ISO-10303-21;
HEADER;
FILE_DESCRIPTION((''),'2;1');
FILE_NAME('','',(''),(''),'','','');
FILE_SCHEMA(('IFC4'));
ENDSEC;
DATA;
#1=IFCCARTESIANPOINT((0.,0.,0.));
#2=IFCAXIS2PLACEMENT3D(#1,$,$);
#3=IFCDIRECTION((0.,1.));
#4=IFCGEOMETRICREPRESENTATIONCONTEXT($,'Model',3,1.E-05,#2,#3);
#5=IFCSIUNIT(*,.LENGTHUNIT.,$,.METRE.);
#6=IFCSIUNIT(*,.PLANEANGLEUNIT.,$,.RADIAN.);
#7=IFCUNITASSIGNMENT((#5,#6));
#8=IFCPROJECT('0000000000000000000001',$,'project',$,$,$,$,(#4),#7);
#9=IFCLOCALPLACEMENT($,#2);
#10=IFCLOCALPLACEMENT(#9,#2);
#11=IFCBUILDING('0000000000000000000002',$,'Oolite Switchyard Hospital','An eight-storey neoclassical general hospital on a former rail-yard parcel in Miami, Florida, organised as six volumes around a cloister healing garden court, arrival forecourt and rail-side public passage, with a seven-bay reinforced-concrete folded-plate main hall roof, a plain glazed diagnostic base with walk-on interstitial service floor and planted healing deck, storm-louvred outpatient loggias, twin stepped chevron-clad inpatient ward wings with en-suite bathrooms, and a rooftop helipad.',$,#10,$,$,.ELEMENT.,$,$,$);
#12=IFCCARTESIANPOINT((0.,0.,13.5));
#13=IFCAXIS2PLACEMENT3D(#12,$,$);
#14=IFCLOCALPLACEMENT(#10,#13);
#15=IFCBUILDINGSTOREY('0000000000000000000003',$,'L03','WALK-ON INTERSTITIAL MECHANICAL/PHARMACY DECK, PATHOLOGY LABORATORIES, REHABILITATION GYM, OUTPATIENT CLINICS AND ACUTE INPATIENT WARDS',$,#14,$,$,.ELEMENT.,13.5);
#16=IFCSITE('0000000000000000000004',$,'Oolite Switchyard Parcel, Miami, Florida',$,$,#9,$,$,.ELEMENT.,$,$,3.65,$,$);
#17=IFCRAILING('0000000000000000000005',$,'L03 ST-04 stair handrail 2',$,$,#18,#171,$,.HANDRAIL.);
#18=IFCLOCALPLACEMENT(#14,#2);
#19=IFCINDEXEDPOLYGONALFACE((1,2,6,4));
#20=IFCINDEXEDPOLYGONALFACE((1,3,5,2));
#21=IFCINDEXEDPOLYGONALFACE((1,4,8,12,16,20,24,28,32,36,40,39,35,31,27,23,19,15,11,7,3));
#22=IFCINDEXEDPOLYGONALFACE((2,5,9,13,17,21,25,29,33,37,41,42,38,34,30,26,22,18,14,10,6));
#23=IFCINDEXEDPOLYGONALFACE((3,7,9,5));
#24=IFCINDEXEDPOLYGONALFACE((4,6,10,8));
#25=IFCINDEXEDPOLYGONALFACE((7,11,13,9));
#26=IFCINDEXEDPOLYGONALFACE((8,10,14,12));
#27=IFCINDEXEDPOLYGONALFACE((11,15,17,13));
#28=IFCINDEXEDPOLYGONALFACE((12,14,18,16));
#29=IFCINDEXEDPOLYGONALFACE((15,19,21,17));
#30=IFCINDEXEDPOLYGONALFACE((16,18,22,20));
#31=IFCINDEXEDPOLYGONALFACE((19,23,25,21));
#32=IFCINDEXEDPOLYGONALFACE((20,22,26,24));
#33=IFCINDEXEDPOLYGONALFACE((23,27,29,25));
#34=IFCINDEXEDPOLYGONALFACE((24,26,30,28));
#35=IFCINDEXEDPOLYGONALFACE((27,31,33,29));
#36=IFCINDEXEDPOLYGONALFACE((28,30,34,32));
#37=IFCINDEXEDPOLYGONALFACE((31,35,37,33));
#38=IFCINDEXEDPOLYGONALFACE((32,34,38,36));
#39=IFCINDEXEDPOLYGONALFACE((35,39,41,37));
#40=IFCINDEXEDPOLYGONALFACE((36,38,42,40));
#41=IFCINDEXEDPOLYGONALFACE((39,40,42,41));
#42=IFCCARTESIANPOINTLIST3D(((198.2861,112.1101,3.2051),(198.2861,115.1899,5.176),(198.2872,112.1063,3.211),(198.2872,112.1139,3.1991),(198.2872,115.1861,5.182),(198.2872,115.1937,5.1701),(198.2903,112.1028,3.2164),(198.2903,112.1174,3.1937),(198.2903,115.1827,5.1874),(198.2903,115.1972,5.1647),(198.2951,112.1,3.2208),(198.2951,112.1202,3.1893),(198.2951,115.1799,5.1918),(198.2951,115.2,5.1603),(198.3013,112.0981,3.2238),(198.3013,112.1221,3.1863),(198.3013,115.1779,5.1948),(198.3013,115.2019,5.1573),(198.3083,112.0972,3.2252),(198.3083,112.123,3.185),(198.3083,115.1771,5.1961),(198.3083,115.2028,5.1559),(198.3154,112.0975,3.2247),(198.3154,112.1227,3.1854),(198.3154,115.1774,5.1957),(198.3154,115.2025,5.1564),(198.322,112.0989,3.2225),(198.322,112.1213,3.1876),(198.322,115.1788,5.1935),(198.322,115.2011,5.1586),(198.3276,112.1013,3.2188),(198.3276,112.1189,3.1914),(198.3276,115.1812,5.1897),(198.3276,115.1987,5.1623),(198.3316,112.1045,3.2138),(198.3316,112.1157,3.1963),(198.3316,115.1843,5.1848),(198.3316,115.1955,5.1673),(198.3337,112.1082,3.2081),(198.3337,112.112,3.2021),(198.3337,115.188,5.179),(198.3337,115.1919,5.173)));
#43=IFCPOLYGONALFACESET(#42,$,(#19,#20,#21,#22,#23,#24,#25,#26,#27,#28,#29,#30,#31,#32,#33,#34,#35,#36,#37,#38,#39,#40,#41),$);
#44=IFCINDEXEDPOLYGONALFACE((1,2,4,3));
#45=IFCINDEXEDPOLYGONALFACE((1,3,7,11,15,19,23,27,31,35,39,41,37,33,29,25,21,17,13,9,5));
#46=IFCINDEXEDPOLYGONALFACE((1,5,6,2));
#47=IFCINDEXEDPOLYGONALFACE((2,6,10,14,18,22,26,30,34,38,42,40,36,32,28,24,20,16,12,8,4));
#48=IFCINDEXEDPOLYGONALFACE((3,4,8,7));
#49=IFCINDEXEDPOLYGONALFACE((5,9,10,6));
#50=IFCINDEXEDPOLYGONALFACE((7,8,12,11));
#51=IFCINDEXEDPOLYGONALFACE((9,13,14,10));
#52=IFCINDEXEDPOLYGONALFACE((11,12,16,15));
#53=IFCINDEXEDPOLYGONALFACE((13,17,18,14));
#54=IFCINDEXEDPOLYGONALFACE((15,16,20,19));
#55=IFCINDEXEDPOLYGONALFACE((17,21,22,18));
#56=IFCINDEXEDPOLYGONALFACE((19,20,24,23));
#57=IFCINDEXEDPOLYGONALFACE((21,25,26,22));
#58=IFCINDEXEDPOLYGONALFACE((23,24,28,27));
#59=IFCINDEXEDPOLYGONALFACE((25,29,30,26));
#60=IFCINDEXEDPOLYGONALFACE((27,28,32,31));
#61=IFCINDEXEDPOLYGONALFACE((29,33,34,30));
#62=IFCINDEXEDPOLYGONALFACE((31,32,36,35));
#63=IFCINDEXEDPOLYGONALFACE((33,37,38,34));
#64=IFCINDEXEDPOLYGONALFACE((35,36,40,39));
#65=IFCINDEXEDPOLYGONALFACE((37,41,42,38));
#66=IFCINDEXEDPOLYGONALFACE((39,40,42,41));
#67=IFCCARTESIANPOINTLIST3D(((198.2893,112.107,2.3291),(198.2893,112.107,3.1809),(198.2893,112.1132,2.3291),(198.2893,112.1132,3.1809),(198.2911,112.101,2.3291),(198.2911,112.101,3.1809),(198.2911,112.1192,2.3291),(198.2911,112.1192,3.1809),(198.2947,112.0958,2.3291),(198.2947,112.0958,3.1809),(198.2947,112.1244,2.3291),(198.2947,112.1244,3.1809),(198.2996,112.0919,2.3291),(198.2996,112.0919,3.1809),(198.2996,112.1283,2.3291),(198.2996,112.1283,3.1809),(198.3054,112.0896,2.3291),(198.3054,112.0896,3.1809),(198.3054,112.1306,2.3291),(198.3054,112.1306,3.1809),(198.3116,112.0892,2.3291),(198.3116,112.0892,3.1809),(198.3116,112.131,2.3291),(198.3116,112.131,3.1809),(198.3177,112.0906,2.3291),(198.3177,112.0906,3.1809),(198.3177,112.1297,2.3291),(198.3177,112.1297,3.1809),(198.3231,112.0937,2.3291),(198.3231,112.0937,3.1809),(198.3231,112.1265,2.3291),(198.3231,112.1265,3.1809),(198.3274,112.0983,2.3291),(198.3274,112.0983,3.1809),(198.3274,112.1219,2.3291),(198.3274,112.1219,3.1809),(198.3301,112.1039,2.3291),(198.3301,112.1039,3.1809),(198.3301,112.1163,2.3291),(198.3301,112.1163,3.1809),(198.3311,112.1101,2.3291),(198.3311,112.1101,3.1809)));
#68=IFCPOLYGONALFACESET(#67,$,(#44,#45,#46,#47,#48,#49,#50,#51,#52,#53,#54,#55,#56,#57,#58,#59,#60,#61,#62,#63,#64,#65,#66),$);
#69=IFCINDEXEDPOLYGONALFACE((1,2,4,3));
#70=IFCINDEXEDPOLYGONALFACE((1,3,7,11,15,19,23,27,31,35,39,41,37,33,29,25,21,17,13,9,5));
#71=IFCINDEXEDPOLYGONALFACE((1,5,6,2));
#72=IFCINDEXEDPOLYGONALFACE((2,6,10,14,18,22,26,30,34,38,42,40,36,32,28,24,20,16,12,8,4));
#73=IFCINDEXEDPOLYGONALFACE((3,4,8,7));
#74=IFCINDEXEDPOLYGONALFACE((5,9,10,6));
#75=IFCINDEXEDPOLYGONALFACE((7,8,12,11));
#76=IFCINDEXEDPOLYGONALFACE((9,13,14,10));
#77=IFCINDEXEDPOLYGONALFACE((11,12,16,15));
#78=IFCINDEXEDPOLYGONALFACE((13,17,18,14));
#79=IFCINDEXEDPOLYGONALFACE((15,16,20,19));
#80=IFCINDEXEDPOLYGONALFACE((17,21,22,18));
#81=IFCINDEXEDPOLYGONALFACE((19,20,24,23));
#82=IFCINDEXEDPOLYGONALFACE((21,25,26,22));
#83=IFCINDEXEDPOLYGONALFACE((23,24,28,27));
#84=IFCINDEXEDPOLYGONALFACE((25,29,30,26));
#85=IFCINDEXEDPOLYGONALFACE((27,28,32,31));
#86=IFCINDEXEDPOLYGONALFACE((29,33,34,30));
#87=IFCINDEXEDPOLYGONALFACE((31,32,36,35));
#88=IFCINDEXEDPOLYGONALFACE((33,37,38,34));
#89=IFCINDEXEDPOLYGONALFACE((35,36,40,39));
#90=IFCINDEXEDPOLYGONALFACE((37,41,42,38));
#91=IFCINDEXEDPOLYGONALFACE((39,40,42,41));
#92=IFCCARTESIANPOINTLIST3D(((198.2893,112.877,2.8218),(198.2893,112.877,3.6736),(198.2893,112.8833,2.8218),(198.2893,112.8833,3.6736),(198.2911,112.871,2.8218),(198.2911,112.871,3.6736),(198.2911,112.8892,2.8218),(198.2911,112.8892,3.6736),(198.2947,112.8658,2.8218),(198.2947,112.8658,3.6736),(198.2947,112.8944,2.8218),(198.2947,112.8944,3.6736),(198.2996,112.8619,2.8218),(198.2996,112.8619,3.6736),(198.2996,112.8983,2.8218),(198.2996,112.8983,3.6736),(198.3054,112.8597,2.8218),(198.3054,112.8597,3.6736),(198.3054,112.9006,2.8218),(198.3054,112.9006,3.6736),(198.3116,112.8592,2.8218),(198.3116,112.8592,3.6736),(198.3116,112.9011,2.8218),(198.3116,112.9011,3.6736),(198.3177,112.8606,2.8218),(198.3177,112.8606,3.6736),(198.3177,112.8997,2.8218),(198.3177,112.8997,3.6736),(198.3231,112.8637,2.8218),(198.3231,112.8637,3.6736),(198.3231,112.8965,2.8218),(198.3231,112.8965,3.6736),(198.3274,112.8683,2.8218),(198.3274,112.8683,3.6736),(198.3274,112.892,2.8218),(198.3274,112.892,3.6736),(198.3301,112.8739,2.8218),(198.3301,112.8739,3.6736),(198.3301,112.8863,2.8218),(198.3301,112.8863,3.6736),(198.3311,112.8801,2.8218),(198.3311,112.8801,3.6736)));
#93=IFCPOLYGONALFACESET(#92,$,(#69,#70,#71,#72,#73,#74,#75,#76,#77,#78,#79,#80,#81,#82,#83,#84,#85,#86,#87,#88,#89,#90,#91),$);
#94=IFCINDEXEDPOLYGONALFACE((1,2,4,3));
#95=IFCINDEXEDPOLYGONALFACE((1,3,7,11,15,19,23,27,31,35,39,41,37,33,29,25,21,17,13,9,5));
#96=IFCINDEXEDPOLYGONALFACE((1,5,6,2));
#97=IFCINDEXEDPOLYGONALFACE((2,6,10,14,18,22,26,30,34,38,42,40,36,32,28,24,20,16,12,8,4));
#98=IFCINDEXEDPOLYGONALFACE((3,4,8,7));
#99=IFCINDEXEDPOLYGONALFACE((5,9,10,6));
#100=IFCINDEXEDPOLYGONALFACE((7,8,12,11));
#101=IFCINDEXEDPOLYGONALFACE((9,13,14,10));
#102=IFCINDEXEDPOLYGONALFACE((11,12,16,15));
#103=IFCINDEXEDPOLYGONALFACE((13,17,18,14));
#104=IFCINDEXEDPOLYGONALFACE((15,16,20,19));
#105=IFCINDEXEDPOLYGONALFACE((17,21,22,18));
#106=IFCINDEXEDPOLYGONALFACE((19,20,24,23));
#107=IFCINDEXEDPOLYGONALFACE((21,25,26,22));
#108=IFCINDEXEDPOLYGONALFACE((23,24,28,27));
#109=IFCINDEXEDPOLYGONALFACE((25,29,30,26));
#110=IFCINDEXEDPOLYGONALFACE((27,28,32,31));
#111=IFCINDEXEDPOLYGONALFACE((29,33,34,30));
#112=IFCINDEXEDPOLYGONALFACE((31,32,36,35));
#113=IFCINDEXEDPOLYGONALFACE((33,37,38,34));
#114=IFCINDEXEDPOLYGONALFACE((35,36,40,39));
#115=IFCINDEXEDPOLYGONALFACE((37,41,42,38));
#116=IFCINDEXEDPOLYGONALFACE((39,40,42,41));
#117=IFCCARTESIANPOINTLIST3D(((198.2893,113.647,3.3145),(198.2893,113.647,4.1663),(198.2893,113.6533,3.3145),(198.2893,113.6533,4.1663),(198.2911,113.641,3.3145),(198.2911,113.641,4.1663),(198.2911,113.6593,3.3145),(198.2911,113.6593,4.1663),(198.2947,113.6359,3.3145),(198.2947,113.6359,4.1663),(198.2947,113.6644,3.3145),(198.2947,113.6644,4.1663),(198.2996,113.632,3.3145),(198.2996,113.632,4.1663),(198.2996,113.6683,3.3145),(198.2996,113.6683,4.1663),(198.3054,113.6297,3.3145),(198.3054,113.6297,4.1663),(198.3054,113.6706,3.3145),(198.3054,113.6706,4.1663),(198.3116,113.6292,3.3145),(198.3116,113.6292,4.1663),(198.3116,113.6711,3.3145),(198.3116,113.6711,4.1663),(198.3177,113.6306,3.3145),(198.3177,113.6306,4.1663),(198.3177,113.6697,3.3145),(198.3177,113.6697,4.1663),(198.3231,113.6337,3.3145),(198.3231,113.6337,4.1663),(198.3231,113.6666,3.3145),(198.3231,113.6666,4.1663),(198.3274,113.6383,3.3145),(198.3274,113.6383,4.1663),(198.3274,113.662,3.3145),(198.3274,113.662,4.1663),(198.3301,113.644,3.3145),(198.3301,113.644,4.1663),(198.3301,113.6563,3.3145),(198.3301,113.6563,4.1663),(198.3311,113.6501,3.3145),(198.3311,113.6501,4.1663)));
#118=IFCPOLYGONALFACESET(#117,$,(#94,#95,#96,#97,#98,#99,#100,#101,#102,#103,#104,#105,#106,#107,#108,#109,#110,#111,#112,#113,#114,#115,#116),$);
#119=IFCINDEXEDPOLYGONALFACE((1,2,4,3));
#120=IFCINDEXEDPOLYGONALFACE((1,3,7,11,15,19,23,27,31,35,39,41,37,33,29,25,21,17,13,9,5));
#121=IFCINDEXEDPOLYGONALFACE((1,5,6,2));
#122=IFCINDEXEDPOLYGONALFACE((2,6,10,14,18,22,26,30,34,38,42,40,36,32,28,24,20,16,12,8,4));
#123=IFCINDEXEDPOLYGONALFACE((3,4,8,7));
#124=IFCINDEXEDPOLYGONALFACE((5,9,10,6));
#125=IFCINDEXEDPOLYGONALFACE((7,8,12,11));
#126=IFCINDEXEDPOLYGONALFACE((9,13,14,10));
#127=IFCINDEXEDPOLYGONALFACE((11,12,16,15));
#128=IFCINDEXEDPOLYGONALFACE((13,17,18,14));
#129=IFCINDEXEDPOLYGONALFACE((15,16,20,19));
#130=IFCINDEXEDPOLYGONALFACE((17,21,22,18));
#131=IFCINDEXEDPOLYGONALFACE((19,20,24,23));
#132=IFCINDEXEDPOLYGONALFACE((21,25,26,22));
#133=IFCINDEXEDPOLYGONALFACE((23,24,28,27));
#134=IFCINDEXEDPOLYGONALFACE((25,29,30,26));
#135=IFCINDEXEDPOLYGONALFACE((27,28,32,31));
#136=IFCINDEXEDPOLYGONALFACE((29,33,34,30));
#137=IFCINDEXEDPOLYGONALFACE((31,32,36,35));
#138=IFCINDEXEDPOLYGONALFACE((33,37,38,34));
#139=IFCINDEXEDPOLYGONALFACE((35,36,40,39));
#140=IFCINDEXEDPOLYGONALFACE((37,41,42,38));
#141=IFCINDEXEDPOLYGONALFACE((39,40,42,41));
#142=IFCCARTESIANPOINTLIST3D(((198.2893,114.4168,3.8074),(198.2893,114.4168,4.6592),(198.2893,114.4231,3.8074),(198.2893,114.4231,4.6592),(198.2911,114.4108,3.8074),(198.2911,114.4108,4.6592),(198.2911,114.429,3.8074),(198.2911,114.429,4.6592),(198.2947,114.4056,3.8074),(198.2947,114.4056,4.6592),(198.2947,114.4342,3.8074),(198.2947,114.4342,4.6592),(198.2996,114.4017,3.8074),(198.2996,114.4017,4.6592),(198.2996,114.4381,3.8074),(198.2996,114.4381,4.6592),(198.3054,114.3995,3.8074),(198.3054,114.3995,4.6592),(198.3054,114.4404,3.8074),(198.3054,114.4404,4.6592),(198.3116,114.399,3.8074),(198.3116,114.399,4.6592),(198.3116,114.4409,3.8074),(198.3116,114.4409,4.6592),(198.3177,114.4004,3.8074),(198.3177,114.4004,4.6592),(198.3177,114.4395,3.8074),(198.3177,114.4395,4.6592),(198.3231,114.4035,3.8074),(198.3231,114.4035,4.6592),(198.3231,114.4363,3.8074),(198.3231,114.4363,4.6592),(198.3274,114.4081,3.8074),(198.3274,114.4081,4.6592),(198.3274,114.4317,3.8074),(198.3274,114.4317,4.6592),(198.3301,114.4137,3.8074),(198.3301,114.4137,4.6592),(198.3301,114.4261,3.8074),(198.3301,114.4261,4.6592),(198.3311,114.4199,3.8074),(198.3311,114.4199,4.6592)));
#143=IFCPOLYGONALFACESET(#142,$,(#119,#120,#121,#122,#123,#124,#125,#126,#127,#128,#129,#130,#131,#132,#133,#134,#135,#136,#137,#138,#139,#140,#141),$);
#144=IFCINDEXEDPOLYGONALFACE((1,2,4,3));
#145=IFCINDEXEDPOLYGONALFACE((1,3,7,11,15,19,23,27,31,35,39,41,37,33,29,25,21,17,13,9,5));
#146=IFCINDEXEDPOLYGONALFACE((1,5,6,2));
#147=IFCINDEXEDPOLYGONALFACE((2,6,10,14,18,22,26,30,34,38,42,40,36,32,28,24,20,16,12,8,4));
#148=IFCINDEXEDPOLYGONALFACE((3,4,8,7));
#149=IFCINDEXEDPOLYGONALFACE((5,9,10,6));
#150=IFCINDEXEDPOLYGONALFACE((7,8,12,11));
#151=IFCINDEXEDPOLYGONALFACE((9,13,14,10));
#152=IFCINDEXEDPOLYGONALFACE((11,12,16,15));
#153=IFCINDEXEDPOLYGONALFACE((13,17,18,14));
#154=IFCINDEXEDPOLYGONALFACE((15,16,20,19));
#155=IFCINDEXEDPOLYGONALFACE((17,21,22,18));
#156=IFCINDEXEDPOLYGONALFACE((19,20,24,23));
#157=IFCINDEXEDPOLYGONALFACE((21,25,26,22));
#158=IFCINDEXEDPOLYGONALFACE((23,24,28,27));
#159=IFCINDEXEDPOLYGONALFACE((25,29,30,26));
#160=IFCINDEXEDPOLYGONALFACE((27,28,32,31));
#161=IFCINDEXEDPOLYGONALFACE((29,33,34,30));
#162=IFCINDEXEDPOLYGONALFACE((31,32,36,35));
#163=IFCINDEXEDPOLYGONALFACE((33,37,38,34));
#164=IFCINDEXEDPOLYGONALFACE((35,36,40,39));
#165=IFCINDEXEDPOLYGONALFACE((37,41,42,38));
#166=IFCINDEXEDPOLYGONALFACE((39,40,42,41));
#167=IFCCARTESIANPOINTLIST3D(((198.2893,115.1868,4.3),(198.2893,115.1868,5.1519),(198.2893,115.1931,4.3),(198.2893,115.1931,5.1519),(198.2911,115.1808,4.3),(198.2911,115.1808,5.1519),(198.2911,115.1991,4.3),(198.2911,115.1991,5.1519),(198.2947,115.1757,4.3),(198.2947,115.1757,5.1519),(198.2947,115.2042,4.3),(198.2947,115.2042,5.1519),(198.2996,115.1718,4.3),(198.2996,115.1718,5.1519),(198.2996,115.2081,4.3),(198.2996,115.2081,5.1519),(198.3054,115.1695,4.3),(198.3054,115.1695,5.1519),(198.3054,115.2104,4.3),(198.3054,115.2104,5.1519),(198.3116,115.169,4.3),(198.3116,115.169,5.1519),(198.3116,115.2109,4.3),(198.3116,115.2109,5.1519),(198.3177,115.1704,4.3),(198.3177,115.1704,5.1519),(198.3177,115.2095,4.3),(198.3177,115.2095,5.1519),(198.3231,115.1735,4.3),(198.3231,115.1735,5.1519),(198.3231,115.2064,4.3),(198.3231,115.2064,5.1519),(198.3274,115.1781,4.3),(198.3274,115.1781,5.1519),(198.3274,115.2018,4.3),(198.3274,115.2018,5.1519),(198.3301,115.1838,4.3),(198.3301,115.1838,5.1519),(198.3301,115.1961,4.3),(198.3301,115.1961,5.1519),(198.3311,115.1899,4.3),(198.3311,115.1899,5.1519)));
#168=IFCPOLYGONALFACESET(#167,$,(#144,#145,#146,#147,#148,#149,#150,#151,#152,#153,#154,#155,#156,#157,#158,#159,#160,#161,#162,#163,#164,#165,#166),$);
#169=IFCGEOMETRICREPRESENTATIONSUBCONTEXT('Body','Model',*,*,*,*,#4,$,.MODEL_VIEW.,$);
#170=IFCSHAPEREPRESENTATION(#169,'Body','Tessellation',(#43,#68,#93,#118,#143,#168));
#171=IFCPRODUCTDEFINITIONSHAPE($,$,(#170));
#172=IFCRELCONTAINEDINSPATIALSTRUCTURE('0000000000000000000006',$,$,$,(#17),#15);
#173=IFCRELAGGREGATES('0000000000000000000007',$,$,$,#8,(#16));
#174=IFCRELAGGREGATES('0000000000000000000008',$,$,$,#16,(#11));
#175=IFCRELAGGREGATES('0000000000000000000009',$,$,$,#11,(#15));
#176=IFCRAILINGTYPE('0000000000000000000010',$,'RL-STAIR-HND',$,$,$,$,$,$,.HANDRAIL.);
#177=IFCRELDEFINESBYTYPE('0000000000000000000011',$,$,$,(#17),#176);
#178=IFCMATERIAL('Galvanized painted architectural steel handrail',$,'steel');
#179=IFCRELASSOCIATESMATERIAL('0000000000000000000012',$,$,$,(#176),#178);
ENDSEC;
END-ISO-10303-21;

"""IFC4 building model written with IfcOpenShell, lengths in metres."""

from ifc_helpers import new_model, si_unit, direction, frame, origin, origin_2d, place, context, subcontext, project, spatial, circle, extrude, material, type_object, element, save


model = new_model("IFC4")

# Units and contexts
model_context = context("Model", 3, precision=1e-05, world=origin(), true_north=direction((0.0, 1.0)))
body_context = subcontext(model_context, "Body", "Model", "MODEL_VIEW")
ifc_project = project(units=[si_unit("LENGTHUNIT", "METRE"), si_unit("PLANEANGLEUNIT", "RADIAN")], contexts=[model_context])

# Site, building, storey
site_placement = place(None, origin())
site = spatial("IfcSite", under=ifc_project, at=site_placement, Name="Oolite Switchyard Parcel, Miami, Florida", CompositionType="ELEMENT", RefElevation=3.65)
building_placement = place(site_placement, origin())
building = spatial("IfcBuilding", under=site, at=building_placement, Name="Oolite Switchyard Hospital", Description="An eight-storey neoclassical general hospital on a former rail-yard parcel in Miami, Florida, organised as six volumes around a cloister healing garden court, arrival forecourt and rail-side public passage, with a seven-bay reinforced-concrete folded-plate main hall roof, a plain glazed diagnostic base with walk-on interstitial service floor and planted healing deck, storm-louvred outpatient loggias, twin stepped chevron-clad inpatient ward wings with en-suite bathrooms, and a rooftop helipad.", CompositionType="ELEMENT")
storey_placement = place(building_placement, frame((0.0, 0.0, 13.5)))
storey = spatial("IfcBuildingStorey", under=building, at=storey_placement, Name="L03", Description="WALK-ON INTERSTITIAL MECHANICAL/PHARMACY DECK, PATHOLOGY LABORATORIES, REHABILITATION GYM, OUTPATIENT CLINICS AND ACUTE INPATIENT WARDS", CompositionType="ELEMENT", Elevation=13.5)

# Railing
ifc_material_1 = material(Name="Galvanized painted architectural steel handrail", Category="steel")
railing_type_1 = type_object("IfcRailingType", Name="RL-STAIR-HND", PredefinedType="HANDRAIL", material=ifc_material_1)
railing_1_placement = place(storey_placement, frame((198.3101, 112.1101, 2.3291)))
element("IfcRailing", 1, at=railing_1_placement, inside=storey, type_object=railing_type_1, Name="L03 ST-04 stair handrail 2", PredefinedType="HANDRAIL", context=body_context, shape_type="SweptSolid", body=[
    extrude(circle(Radius=0.0239, at=origin_2d()), frame((0.0, 0.0, 0.876), z_axis=(0.0, 0.84229, 0.539025), x_axis=(-1.0, 0.0, 0.0)), (0.0, 0.0, 1.0), 3.6565),
    extrude(circle(Radius=0.021, at=origin_2d()), origin(), (0.0, 0.0, 1.0), 0.8518),
    extrude(circle(Radius=0.021, at=origin_2d()), frame((0.0, 0.77, 0.4927)), (0.0, 0.0, 1.0), 0.8518),
    extrude(circle(Radius=0.021, at=origin_2d()), frame((0.0, 1.54, 0.9854)), (0.0, 0.0, 1.0), 0.8518),
    extrude(circle(Radius=0.021, at=origin_2d()), frame((0.0, 2.3098, 1.4783)), (0.0, 0.0, 1.0), 0.8518),
    extrude(circle(Radius=0.021, at=origin_2d()), frame((0.0, 3.0798, 1.9709)), (0.0, 0.0, 1.0), 0.8518),
])

save(model, "model.ifc")
